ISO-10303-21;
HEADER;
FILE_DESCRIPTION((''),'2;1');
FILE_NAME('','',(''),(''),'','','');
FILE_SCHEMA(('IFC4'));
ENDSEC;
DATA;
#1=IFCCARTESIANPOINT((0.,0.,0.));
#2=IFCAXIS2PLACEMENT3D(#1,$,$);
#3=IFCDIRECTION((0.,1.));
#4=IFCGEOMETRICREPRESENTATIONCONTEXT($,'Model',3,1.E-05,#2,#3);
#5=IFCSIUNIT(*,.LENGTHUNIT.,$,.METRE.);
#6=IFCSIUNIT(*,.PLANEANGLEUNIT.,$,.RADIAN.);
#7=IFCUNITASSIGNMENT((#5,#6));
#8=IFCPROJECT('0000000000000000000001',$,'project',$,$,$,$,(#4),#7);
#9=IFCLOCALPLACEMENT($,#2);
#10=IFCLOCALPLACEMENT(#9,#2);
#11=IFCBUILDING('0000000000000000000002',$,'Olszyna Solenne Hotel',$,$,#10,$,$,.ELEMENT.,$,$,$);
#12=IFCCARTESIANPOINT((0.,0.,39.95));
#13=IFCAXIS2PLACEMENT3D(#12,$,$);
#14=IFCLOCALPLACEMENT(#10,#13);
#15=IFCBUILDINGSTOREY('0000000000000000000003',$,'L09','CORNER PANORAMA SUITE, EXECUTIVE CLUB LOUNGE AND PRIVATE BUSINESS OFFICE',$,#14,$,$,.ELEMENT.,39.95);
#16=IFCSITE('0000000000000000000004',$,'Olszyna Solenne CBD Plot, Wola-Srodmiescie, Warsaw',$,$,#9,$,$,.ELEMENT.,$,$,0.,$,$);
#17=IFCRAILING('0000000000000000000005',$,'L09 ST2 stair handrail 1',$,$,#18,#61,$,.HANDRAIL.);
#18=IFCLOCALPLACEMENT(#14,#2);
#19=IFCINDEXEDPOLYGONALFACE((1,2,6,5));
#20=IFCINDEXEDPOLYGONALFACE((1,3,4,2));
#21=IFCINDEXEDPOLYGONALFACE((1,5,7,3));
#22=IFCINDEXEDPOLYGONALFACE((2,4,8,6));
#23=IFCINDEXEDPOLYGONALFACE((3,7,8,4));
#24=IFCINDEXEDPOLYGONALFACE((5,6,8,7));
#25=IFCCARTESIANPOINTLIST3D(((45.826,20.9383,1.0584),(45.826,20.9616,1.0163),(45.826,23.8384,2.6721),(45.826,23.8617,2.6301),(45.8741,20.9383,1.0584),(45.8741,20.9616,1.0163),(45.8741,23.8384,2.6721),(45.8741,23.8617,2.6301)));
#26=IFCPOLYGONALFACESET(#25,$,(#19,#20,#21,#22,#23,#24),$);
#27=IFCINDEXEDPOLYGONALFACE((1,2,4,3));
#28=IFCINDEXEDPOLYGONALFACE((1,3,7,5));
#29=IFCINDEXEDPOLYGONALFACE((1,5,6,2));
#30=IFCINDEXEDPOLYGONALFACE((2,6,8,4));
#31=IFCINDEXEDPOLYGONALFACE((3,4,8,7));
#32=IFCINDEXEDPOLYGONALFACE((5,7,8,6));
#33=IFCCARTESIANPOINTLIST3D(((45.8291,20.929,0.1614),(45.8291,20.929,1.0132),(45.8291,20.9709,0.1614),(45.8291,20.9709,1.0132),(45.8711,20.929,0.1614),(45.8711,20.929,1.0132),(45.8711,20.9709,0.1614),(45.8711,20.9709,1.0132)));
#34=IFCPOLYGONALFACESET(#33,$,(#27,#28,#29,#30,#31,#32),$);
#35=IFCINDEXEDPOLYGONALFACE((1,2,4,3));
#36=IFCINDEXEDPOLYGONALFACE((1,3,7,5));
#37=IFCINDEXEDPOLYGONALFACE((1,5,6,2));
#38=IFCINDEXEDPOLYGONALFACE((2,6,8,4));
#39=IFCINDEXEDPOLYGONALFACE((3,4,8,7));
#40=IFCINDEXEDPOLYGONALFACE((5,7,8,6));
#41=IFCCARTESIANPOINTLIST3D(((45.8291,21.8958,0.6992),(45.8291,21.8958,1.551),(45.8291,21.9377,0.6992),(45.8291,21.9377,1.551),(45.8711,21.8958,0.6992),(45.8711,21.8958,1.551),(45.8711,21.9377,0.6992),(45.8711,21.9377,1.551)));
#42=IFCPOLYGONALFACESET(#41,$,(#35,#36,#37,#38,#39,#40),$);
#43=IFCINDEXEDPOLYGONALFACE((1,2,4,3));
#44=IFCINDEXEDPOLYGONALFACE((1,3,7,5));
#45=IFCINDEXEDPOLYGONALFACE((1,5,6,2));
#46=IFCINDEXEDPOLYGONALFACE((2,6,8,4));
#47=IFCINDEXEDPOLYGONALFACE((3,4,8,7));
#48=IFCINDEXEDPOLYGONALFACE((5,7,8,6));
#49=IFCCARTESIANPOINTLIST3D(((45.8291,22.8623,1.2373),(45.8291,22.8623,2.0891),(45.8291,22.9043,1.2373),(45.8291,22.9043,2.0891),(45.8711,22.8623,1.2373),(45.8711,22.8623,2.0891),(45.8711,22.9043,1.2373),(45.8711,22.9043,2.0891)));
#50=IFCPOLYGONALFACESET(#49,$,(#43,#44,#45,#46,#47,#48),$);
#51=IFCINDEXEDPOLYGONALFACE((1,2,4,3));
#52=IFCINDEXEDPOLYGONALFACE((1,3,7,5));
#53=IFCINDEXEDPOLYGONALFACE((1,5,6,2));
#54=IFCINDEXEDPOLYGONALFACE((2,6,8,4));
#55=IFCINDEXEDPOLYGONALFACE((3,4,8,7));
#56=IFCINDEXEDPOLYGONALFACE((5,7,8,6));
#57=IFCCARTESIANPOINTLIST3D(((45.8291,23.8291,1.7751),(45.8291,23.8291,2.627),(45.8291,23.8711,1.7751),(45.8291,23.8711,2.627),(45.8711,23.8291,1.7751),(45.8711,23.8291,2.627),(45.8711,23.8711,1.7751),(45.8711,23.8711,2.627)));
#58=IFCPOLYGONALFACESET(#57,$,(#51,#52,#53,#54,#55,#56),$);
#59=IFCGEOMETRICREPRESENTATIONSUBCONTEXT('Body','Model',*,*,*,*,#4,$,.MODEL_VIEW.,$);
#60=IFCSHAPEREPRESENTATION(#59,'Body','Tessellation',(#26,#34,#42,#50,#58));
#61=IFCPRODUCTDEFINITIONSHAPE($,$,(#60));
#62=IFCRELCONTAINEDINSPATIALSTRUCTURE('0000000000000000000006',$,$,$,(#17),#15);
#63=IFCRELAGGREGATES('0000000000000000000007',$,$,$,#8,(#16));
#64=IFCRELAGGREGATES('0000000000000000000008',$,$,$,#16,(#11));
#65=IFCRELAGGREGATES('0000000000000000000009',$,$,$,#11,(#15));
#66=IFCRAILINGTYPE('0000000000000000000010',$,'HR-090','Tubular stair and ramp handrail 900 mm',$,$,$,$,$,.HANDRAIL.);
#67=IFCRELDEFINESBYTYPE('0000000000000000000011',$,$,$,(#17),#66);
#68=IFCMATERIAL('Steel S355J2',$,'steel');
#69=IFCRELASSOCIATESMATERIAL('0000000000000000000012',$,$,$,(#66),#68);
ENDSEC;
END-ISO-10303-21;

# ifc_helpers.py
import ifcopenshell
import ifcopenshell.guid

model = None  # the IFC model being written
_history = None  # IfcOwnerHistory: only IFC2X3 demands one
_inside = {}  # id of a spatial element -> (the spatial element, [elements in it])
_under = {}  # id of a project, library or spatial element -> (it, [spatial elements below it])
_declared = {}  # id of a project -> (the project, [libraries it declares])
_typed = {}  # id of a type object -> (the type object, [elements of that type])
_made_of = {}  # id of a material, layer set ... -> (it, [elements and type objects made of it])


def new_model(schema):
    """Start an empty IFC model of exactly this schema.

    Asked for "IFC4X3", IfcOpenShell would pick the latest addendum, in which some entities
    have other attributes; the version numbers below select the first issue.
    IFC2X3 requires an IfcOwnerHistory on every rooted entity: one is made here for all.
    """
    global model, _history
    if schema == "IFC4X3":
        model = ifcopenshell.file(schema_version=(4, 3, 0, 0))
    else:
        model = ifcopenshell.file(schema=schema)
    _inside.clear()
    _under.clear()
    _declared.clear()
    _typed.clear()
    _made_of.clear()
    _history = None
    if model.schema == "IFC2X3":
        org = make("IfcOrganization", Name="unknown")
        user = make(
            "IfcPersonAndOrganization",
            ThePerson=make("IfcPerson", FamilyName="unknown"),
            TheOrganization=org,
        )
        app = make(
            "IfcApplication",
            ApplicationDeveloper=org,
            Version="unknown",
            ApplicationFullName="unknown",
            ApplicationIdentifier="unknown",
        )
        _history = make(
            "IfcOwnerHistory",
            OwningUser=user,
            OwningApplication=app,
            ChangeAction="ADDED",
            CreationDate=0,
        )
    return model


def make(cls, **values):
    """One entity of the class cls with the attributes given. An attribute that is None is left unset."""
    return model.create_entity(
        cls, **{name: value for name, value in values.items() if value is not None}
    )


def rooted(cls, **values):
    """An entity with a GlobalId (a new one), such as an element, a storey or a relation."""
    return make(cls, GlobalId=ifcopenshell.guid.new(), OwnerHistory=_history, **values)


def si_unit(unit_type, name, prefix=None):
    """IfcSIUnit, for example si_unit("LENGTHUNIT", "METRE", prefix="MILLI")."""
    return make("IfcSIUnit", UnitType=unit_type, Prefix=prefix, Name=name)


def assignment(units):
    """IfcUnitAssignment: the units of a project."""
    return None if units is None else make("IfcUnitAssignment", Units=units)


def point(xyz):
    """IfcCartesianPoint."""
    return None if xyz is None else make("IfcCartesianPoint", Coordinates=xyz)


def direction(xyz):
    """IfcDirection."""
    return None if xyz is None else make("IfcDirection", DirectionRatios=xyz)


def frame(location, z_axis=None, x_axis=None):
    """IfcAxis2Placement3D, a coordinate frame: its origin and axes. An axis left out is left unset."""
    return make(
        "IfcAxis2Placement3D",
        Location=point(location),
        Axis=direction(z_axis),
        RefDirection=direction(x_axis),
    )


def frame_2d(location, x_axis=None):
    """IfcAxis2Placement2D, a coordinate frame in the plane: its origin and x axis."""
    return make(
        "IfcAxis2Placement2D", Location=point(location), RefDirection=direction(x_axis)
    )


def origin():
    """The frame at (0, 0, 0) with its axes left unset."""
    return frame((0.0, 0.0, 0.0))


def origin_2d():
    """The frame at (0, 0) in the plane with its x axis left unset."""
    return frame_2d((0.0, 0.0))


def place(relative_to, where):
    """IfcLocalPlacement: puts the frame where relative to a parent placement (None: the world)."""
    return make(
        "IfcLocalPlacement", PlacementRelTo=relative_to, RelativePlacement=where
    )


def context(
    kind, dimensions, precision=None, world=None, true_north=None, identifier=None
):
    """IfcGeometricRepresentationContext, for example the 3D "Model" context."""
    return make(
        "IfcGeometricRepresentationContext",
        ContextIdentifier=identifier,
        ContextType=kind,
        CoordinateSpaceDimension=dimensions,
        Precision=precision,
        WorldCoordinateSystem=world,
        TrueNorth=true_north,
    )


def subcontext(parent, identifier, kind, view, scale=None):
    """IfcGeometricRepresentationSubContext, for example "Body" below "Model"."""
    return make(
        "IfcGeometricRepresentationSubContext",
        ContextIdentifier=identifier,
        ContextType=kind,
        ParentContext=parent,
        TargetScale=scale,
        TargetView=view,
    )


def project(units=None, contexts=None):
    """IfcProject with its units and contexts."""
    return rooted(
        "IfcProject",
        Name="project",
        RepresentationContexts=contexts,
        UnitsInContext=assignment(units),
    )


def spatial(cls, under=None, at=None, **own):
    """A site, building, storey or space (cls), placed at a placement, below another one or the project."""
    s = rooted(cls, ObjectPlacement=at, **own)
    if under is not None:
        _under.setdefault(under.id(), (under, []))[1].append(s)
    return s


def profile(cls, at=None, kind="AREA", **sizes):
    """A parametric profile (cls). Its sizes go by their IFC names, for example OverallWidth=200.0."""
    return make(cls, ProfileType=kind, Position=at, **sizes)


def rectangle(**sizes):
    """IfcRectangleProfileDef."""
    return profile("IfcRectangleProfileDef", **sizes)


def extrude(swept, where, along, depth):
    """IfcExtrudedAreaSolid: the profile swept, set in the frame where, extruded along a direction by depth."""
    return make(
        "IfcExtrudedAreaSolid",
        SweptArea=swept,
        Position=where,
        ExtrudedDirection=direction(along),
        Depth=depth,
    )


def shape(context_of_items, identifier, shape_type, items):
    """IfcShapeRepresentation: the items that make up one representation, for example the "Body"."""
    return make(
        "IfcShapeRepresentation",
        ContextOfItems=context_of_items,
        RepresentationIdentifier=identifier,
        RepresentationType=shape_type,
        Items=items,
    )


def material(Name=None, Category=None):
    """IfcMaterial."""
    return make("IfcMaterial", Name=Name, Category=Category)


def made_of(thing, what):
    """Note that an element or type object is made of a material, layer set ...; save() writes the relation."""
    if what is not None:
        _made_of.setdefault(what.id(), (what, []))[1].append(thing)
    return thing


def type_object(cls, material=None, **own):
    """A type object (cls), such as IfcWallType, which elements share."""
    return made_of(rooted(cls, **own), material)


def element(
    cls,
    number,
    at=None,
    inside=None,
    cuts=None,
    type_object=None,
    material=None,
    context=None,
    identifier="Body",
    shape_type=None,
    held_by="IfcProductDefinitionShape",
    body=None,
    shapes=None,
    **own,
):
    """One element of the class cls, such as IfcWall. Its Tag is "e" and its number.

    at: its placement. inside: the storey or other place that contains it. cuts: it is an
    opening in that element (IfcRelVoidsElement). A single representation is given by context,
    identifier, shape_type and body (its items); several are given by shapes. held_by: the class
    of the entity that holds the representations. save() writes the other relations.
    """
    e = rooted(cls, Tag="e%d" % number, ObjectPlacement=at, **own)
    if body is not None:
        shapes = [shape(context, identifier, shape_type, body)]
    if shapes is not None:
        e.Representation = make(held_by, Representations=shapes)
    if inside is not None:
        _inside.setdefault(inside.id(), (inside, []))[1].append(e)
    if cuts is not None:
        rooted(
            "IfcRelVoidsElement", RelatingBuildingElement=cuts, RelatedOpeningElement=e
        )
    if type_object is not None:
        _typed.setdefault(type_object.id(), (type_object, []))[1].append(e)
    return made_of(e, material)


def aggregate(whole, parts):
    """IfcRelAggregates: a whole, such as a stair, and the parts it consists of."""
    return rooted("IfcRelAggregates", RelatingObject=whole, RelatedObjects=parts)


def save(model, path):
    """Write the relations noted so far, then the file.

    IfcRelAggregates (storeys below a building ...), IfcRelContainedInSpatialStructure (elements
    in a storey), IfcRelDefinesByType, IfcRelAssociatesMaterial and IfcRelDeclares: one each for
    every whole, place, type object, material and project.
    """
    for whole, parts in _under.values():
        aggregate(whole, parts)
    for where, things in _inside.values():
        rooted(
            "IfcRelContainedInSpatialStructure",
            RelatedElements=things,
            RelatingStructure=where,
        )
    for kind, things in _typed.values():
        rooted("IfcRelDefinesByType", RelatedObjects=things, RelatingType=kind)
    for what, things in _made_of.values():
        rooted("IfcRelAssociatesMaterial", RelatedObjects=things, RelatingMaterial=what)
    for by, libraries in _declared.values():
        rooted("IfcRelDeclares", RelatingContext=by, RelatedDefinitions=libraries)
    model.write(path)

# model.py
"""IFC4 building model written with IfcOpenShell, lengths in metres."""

from ifc_helpers import new_model, si_unit, direction, frame, origin, origin_2d, place, context, subcontext, project, spatial, rectangle, extrude, material, type_object, element, save


model = new_model("IFC4")

# Units and contexts
model_context = context("Model", 3, precision=1e-05, world=origin(), true_north=direction((0.0, 1.0)))
body_context = subcontext(model_context, "Body", "Model", "MODEL_VIEW")
ifc_project = project(units=[si_unit("LENGTHUNIT", "METRE"), si_unit("PLANEANGLEUNIT", "RADIAN")], contexts=[model_context])

# Site, building, storey
site_placement = place(None, origin())
site = spatial("IfcSite", under=ifc_project, at=site_placement, Name="Olszyna Solenne CBD Plot, Wola-Srodmiescie, Warsaw", CompositionType="ELEMENT", RefElevation=0.0)
building_placement = place(site_placement, origin())
building = spatial("IfcBuilding", under=site, at=building_placement, Name="Olszyna Solenne Hotel", CompositionType="ELEMENT")
storey_placement = place(building_placement, frame((0.0, 0.0, 39.95)))
storey = spatial("IfcBuildingStorey", under=building, at=storey_placement, Name="L09", Description="CORNER PANORAMA SUITE, EXECUTIVE CLUB LOUNGE AND PRIVATE BUSINESS OFFICE", CompositionType="ELEMENT", Elevation=39.95)

# Shared definitions
ifc_material_1 = material(Name="Steel S355J2", Category="steel")

# Railing
railing_type = type_object("IfcRailingType", Name="HR-090", Description="Tubular stair and ramp handrail 900 mm", PredefinedType="HANDRAIL", material=ifc_material_1)
railing_placement = place(storey_placement, frame((45.8501, 20.95, 0.1614)))
element("IfcRailing", 1, at=railing_placement, inside=storey, type_object=railing_type, Name="L09 ST2 stair handrail 1", PredefinedType="HANDRAIL", context=body_context, shape_type="SweptSolid", body=[
    extrude(rectangle(XDim=0.0481, YDim=0.0481, at=origin_2d()), frame((0.0, 0.0, 0.876), z_axis=(0.0, 0.873827, 0.486236), x_axis=(-1.0, 0.0, 0.0)), (0.0, 0.0, 1.0), 3.3188),
    extrude(rectangle(XDim=0.042, YDim=0.042, at=origin_2d()), origin(), (0.0, 0.0, 1.0), 0.8518),
    extrude(rectangle(XDim=0.042, YDim=0.042, at=origin_2d()), frame((0.0, 0.9668, 0.5378)), (0.0, 0.0, 1.0), 0.8518),
    extrude(rectangle(XDim=0.042, YDim=0.042, at=origin_2d()), frame((0.0, 1.9333, 1.0759)), (0.0, 0.0, 1.0), 0.8518),
    extrude(rectangle(XDim=0.042, YDim=0.042, at=origin_2d()), frame((0.0, 2.9001, 1.6138)), (0.0, 0.0, 1.0), 0.8518),
])

save(model, "model.ifc")
